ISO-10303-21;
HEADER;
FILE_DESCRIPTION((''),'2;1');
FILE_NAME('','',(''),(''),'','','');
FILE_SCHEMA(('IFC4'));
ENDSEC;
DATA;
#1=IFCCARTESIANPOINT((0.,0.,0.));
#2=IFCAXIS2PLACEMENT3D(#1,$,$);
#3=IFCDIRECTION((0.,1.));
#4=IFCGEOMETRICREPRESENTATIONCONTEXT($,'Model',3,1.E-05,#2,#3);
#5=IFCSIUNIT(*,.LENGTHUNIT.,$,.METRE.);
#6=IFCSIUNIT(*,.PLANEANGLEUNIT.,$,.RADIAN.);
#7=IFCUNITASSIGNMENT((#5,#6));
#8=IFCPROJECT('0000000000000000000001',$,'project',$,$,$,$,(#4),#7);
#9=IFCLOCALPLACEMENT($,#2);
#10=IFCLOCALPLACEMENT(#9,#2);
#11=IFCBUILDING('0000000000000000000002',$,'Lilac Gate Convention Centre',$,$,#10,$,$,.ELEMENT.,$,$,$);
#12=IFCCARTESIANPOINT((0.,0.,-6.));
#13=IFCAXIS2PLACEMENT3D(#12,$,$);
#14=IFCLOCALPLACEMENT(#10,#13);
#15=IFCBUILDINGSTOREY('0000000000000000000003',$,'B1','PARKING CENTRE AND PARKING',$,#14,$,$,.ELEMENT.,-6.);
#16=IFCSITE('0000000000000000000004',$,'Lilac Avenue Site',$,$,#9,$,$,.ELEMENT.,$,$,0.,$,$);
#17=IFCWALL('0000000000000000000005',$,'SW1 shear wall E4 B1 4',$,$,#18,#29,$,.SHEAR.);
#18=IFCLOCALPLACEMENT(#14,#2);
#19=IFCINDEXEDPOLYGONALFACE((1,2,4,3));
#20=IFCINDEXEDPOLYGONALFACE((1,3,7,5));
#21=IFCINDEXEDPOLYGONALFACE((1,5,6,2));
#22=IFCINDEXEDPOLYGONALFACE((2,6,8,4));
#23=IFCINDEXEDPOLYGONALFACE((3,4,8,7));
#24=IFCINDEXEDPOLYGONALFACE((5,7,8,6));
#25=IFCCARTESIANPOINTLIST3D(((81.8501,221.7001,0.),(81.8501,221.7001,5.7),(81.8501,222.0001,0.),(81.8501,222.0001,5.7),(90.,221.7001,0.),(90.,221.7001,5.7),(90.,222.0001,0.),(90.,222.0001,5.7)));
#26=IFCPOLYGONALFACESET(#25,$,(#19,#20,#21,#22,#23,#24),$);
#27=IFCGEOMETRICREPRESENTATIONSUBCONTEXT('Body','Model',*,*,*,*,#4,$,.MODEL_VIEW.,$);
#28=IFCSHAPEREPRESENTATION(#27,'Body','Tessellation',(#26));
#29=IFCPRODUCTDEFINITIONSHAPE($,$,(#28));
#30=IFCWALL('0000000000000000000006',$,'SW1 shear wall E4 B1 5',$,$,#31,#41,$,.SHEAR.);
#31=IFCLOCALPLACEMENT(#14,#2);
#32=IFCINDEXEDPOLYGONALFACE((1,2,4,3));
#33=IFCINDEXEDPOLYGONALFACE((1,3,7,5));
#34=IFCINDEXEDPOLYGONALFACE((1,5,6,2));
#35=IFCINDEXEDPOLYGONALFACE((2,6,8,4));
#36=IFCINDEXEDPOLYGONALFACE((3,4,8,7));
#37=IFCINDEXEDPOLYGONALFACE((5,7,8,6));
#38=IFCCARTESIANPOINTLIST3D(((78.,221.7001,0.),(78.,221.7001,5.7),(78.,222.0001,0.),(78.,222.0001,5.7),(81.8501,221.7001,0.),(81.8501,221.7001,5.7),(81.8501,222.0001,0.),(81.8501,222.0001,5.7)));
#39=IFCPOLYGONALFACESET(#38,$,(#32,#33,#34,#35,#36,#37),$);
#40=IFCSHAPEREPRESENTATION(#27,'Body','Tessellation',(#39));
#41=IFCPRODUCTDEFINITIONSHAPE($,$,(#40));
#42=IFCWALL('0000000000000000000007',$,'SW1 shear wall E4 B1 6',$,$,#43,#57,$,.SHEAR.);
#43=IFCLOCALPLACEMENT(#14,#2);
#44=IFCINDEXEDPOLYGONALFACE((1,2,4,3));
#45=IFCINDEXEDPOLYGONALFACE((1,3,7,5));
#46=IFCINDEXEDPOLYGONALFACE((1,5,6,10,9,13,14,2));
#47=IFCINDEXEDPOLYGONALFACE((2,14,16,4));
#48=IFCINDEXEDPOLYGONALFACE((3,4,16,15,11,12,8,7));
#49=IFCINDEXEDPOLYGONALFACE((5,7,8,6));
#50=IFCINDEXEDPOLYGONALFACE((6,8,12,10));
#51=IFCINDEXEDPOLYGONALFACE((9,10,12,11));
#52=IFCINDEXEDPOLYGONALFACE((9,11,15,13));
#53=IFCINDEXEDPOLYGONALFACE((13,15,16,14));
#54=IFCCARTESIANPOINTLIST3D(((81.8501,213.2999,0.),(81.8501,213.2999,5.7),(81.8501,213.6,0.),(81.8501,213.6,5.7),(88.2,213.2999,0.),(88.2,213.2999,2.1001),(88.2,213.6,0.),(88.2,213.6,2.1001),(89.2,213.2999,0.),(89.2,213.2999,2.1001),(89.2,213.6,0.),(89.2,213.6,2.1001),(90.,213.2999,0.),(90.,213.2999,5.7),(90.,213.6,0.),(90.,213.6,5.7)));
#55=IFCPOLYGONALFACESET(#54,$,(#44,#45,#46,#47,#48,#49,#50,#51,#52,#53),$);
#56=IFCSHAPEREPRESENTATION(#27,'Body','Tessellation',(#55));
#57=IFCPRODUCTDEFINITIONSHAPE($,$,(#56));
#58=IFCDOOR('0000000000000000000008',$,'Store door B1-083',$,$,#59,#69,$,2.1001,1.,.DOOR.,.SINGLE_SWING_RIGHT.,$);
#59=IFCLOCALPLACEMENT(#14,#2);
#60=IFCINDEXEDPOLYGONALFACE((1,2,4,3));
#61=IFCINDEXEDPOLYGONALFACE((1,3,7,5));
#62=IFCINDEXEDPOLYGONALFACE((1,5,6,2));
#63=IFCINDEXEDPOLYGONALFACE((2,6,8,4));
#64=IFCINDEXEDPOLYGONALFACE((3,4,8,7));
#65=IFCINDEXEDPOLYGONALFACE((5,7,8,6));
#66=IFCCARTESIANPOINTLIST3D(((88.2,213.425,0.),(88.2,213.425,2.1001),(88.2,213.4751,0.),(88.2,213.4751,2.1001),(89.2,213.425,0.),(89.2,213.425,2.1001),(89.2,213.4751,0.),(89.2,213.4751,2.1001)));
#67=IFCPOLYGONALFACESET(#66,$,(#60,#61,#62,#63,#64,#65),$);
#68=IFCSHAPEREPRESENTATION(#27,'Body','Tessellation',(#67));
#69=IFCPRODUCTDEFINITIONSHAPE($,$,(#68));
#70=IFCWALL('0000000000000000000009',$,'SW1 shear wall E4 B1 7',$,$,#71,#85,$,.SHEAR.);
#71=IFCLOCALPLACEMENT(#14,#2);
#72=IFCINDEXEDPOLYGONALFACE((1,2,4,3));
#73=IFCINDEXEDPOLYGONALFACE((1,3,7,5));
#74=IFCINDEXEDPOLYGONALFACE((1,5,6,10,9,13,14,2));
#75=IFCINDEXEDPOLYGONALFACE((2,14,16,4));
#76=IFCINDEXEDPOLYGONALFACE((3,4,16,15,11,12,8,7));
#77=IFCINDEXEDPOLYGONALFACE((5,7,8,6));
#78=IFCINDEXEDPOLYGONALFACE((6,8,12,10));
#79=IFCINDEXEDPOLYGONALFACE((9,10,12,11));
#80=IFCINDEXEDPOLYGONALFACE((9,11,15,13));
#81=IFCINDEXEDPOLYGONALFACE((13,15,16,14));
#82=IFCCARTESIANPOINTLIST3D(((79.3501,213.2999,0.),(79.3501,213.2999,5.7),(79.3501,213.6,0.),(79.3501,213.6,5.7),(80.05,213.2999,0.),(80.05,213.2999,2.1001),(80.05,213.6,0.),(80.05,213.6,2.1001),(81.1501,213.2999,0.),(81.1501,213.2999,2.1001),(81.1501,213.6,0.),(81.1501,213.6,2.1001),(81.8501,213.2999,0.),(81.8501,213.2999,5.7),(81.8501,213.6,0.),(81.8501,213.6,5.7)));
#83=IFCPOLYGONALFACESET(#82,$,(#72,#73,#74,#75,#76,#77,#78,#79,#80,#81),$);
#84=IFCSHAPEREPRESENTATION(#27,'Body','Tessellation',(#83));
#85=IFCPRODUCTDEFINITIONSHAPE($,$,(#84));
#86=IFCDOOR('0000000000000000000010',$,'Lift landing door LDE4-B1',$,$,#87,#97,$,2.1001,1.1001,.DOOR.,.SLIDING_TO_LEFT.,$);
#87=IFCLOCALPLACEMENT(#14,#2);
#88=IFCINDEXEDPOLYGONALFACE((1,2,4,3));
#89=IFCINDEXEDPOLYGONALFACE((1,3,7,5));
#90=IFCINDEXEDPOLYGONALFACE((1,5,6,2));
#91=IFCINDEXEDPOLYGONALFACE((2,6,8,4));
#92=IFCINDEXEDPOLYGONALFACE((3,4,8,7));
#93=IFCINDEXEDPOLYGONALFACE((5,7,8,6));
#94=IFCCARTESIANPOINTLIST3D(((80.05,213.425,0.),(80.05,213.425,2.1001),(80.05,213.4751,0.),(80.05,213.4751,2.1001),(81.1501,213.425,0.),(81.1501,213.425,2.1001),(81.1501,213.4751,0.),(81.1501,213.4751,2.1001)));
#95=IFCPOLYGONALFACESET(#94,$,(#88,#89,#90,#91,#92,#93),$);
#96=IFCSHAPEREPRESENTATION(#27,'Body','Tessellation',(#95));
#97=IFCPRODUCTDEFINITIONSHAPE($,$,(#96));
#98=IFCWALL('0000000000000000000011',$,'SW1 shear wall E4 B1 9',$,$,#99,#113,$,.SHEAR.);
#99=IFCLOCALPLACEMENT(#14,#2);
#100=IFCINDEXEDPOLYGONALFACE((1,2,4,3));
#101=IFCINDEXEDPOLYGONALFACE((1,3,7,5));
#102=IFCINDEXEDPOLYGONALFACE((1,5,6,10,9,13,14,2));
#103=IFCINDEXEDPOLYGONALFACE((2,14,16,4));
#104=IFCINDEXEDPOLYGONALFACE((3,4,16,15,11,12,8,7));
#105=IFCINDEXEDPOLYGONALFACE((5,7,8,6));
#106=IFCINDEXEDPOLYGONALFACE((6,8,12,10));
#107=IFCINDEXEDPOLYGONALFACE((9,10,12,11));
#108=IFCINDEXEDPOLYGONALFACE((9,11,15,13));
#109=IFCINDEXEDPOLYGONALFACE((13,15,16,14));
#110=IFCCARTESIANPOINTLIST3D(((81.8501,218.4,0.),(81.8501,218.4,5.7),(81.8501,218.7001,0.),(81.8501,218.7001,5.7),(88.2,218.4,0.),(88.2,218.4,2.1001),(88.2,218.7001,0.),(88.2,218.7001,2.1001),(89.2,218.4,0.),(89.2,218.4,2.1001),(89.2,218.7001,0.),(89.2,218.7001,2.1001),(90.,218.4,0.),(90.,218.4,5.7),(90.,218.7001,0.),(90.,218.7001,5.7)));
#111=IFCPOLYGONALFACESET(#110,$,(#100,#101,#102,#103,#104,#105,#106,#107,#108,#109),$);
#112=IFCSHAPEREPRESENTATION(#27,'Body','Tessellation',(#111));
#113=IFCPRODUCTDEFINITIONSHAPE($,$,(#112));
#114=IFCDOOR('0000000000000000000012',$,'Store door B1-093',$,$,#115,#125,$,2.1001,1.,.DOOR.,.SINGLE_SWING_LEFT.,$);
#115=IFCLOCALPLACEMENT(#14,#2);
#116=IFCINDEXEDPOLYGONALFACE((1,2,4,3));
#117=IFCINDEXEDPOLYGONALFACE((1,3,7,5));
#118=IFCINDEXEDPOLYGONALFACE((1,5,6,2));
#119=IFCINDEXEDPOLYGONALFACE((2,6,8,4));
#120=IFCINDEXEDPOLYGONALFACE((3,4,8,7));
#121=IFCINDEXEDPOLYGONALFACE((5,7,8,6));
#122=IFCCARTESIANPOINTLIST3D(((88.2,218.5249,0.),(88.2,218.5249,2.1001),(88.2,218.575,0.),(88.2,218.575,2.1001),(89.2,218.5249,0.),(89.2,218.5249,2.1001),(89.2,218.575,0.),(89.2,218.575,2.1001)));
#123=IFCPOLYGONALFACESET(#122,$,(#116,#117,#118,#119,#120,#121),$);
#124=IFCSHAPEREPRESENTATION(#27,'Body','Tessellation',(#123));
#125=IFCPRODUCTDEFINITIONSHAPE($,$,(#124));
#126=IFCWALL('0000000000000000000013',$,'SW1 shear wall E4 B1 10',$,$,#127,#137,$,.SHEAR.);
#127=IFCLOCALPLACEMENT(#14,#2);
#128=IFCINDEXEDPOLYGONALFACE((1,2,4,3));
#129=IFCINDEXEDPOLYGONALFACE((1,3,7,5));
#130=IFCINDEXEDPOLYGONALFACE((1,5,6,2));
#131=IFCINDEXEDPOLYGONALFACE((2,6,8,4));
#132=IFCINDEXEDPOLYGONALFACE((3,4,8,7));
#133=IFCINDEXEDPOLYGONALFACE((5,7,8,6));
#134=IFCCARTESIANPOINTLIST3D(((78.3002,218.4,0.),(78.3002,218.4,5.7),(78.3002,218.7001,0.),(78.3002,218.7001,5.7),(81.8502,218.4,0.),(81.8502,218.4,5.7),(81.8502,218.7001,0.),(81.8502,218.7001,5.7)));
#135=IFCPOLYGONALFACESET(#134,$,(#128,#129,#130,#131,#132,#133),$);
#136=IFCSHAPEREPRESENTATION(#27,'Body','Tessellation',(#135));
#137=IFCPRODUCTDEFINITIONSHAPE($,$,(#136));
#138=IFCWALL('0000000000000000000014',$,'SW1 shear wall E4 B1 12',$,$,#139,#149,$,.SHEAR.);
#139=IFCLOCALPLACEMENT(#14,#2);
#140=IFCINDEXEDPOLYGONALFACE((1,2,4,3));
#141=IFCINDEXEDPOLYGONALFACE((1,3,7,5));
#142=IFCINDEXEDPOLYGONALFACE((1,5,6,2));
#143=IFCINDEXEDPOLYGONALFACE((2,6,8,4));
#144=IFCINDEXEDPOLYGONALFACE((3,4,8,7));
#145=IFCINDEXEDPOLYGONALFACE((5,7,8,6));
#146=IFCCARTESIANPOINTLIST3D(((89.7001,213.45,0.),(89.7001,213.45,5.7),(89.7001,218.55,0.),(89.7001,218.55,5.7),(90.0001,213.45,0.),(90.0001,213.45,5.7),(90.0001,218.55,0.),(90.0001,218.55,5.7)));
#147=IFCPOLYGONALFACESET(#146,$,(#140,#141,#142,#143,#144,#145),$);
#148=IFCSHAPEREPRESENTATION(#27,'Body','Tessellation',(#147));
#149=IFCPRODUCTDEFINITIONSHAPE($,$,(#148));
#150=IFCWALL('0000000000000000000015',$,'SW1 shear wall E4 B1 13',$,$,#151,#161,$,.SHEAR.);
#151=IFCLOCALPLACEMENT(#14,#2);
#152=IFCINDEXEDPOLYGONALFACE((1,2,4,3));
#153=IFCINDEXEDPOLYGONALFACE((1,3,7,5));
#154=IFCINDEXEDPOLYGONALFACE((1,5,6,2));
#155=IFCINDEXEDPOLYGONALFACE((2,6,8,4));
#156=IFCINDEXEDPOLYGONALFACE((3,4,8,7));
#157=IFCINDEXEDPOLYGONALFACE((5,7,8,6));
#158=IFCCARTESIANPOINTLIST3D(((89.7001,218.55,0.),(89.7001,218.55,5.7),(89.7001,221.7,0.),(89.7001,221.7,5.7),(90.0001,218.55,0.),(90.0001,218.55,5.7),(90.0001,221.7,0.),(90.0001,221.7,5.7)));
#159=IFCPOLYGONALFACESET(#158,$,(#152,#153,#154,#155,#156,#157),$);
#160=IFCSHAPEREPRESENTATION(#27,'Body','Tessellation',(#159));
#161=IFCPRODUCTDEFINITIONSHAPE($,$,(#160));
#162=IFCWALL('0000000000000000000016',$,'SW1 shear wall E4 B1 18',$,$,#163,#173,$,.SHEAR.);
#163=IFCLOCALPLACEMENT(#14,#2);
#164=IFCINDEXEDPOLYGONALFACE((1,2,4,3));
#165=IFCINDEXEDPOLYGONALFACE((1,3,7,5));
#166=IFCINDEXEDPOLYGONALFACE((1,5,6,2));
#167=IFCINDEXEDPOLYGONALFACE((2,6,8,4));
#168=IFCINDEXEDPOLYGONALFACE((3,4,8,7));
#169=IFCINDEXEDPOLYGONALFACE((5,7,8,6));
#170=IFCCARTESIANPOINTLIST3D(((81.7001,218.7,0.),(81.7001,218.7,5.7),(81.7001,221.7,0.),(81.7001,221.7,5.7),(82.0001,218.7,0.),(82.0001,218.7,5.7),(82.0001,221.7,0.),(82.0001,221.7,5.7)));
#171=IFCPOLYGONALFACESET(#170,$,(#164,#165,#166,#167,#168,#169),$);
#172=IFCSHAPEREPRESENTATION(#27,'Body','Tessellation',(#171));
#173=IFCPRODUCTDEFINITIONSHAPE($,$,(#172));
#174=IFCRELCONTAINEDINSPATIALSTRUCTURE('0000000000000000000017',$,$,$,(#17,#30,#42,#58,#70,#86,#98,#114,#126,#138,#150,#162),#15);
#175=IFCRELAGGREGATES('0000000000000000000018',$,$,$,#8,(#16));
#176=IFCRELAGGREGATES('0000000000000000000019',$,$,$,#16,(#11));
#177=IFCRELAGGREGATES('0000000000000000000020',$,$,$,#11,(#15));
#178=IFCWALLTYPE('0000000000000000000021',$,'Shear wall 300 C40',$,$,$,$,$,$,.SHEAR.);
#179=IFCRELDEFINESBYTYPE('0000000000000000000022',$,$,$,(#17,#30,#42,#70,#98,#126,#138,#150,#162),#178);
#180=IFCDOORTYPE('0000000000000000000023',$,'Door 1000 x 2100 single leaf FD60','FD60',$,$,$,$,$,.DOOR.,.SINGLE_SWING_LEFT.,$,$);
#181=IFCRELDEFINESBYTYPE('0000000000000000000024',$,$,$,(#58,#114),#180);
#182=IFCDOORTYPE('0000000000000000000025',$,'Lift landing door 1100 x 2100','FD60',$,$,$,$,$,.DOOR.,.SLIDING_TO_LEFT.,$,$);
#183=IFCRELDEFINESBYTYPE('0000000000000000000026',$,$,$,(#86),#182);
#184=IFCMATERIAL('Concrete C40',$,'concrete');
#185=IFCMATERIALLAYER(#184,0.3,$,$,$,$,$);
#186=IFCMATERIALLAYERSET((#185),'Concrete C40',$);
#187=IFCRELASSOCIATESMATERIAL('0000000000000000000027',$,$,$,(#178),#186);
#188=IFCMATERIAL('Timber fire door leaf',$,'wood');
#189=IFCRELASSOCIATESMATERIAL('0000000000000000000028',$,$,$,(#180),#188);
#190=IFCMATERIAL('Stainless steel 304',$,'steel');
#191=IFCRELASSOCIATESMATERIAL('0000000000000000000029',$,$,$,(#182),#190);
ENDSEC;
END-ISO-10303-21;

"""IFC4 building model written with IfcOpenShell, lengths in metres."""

from ifc_helpers import new_model, si_unit, direction, frame, frame_2d, origin, place, context, subcontext, project, spatial, rectangle, extrude, material, layer, layer_set, type_object, element, fill, save


model = new_model("IFC4")

# Units and contexts
model_context = context("Model", 3, precision=1e-05, world=origin(), true_north=direction((0.0, 1.0)))
body_context = subcontext(model_context, "Body", "Model", "MODEL_VIEW")
ifc_project = project(units=[si_unit("LENGTHUNIT", "METRE"), si_unit("PLANEANGLEUNIT", "RADIAN")], contexts=[model_context])

# Site, building, storey
site_placement = place(None, origin())
site = spatial("IfcSite", under=ifc_project, at=site_placement, Name="Lilac Avenue Site", CompositionType="ELEMENT", RefElevation=0.0)
building_placement = place(site_placement, origin())
building = spatial("IfcBuilding", under=site, at=building_placement, Name="Lilac Gate Convention Centre", CompositionType="ELEMENT")
storey_placement = place(building_placement, frame((0.0, 0.0, -6.0)))
storey = spatial("IfcBuildingStorey", under=building, at=storey_placement, Name="B1", Description="PARKING CENTRE AND PARKING", CompositionType="ELEMENT", Elevation=-6.0)

# Shared definitions
ifc_material_1 = material(Name="Stainless steel 304", Category="steel")

# Walls
ifc_material_2 = material(Name="Concrete C40", Category="concrete")
ifc_layer_1 = layer(ifc_material_2, 0.3)
ifc_layer_set_1 = layer_set([ifc_layer_1], Name="Concrete C40")
wall_type_1 = type_object("IfcWallType", Name="Shear wall 300 C40", PredefinedType="SHEAR", material=ifc_layer_set_1)
wall_1_placement = place(storey_placement, frame((90.0, 221.8501, 0.0), z_axis=(0.0, 0.0, 1.0), x_axis=(-1.0, 0.0, 0.0)))
element("IfcWall", 1, at=wall_1_placement, inside=storey, type_object=wall_type_1, Name="SW1 shear wall E4 B1 4", PredefinedType="SHEAR", context=body_context, shape_type="SweptSolid", body=[
    extrude(rectangle(XDim=8.1499, YDim=0.3, at=frame_2d((4.075, 0.0))), origin(), (0.0, 0.0, 1.0), 5.7),
])
wall_2_placement = place(storey_placement, frame((81.8501, 221.8501, 0.0), z_axis=(0.0, 0.0, 1.0), x_axis=(-1.0, 0.0, 0.0)))
element("IfcWall", 2, at=wall_2_placement, inside=storey, type_object=wall_type_1, Name="SW1 shear wall E4 B1 5", PredefinedType="SHEAR", context=body_context, shape_type="SweptSolid", body=[
    extrude(rectangle(XDim=3.8501, YDim=0.3, at=frame_2d((1.925, 0.0))), origin(), (0.0, 0.0, 1.0), 5.7),
])

# Walls, openings, doors
wall_3_placement = place(storey_placement, frame((90.0, 213.45, 0.0), z_axis=(0.0, 0.0, 1.0), x_axis=(-1.0, 0.0, 0.0)))
wall_3 = element("IfcWall", 3, at=wall_3_placement, inside=storey, type_object=wall_type_1, Name="SW1 shear wall E4 B1 6", PredefinedType="SHEAR", context=body_context, shape_type="SweptSolid", body=[
    extrude(rectangle(XDim=8.1499, YDim=0.3, at=frame_2d((4.075, 0.0))), origin(), (0.0, 0.0, 1.0), 5.7),
])
opening_1_placement = place(wall_3_placement, frame((0.8, 0.0, 0.0)))
opening_1 = element("IfcOpeningElement", 4, at=opening_1_placement, cuts=wall_3, PredefinedType="OPENING", context=body_context, shape_type="SweptSolid", body=[
    extrude(rectangle(XDim=1.0, YDim=2.1001, at=frame_2d((0.5, 1.05))), frame((0.0, 0.1599, 0.0), z_axis=(0.0, -1.0, 0.0), x_axis=(1.0, 0.0, 0.0)), (0.0, 0.0, 1.0), 0.3201),
])
ifc_material_3 = material(Name="Timber fire door leaf", Category="wood")
door_type_1 = type_object("IfcDoorType", Name="Door 1000 x 2100 single leaf FD60", Description="FD60", OperationType="SINGLE_SWING_LEFT", PredefinedType="DOOR", material=ifc_material_3)
door_1_placement = place(opening_1_placement, origin())
door_1 = element("IfcDoor", 5, at=door_1_placement, inside=storey, type_object=door_type_1, Name="Store door B1-083", OperationType="SINGLE_SWING_RIGHT", OverallHeight=2.1001, OverallWidth=1.0, PredefinedType="DOOR", context=body_context, shape_type="SweptSolid", body=[
    extrude(rectangle(XDim=1.0, YDim=2.1001, at=frame_2d((0.5, 1.05))), frame((0.0, 0.0249, 0.0), z_axis=(0.0, -1.0, 0.0), x_axis=(1.0, 0.0, 0.0)), (0.0, 0.0, 1.0), 0.05),
])
fill(opening_1, door_1)
wall_4_placement = place(storey_placement, frame((81.8501, 213.45, 0.0), z_axis=(0.0, 0.0, 1.0), x_axis=(-1.0, 0.0, 0.0)))
wall_4 = element("IfcWall", 6, at=wall_4_placement, inside=storey, type_object=wall_type_1, Name="SW1 shear wall E4 B1 7", PredefinedType="SHEAR", context=body_context, shape_type="SweptSolid", body=[
    extrude(rectangle(XDim=2.5, YDim=0.3, at=frame_2d((1.25, 0.0))), origin(), (0.0, 0.0, 1.0), 5.7),
])
opening_2_placement = place(wall_4_placement, frame((0.7, 0.0, 0.0)))
opening_2 = element("IfcOpeningElement", 7, at=opening_2_placement, cuts=wall_4, PredefinedType="OPENING", context=body_context, shape_type="SweptSolid", body=[
    extrude(rectangle(XDim=1.1001, YDim=2.1001, at=frame_2d((0.55, 1.05))), frame((0.0, 0.1599, 0.0), z_axis=(0.0, -1.0, 0.0), x_axis=(1.0, 0.0, 0.0)), (0.0, 0.0, 1.0), 0.3201),
])
door_type_2 = type_object("IfcDoorType", Name="Lift landing door 1100 x 2100", Description="FD60", OperationType="SLIDING_TO_LEFT", PredefinedType="DOOR", material=ifc_material_1)
door_2_placement = place(opening_2_placement, origin())
door_2 = element("IfcDoor", 8, at=door_2_placement, inside=storey, type_object=door_type_2, Name="Lift landing door LDE4-B1", OperationType="SLIDING_TO_LEFT", OverallHeight=2.1001, OverallWidth=1.1001, PredefinedType="DOOR", context=body_context, shape_type="SweptSolid", body=[
    extrude(rectangle(XDim=1.1001, YDim=2.1001, at=frame_2d((0.55, 1.05))), frame((0.0, 0.0249, 0.0), z_axis=(0.0, -1.0, 0.0), x_axis=(1.0, 0.0, 0.0)), (0.0, 0.0, 1.0), 0.05),
])
fill(opening_2, door_2)
wall_5_placement = place(storey_placement, frame((90.0, 218.55, 0.0), z_axis=(0.0, 0.0, 1.0), x_axis=(-1.0, 0.0, 0.0)))
wall_5 = element("IfcWall", 9, at=wall_5_placement, inside=storey, type_object=wall_type_1, Name="SW1 shear wall E4 B1 9", PredefinedType="SHEAR", context=body_context, shape_type="SweptSolid", body=[
    extrude(rectangle(XDim=8.1499, YDim=0.3, at=frame_2d((4.075, 0.0))), origin(), (0.0, 0.0, 1.0), 5.7),
])
opening_3_placement = place(wall_5_placement, frame((0.8, 0.0, 0.0)))
opening_3 = element("IfcOpeningElement", 10, at=opening_3_placement, cuts=wall_5, PredefinedType="OPENING", context=body_context, shape_type="SweptSolid", body=[
    extrude(rectangle(XDim=1.0, YDim=2.1001, at=frame_2d((0.5, 1.05))), frame((0.0, 0.1599, 0.0), z_axis=(0.0, -1.0, 0.0), x_axis=(1.0, 0.0, 0.0)), (0.0, 0.0, 1.0), 0.3201),
])
door_3_placement = place(opening_3_placement, frame((1.0, 0.0, 0.0), z_axis=(0.0, 0.0, 1.0), x_axis=(-1.0, 0.0, 0.0)))
door_3 = element("IfcDoor", 11, at=door_3_placement, inside=storey, type_object=door_type_1, Name="Store door B1-093", OperationType="SINGLE_SWING_LEFT", OverallHeight=2.1001, OverallWidth=1.0, PredefinedType="DOOR", context=body_context, shape_type="SweptSolid", body=[
    extrude(rectangle(XDim=1.0, YDim=2.1001, at=frame_2d((0.5, 1.05))), frame((0.0, 0.0249, 0.0), z_axis=(0.0, -1.0, 0.0), x_axis=(1.0, 0.0, 0.0)), (0.0, 0.0, 1.0), 0.05),
])
fill(opening_3, door_3)

# Walls
wall_6_placement = place(storey_placement, frame((81.8501, 218.55, 0.0), z_axis=(0.0, 0.0, 1.0), x_axis=(-1.0, 0.0, 0.0)))
element("IfcWall", 12, at=wall_6_placement, inside=storey, type_object=wall_type_1, Name="SW1 shear wall E4 B1 10", PredefinedType="SHEAR", context=body_context, shape_type="SweptSolid", body=[
    extrude(rectangle(XDim=3.55, YDim=0.3, at=frame_2d((1.7749, 0.0))), origin(), (0.0, 0.0, 1.0), 5.7),
])
wall_7_placement = place(storey_placement, frame((89.8501, 213.45, 0.0), z_axis=(0.0, 0.0, 1.0), x_axis=(0.0, 1.0, 0.0)))
element("IfcWall", 13, at=wall_7_placement, inside=storey, type_object=wall_type_1, Name="SW1 shear wall E4 B1 12", PredefinedType="SHEAR", context=body_context, shape_type="SweptSolid", body=[
    extrude(rectangle(XDim=5.1001, YDim=0.3, at=frame_2d((2.55, 0.0))), origin(), (0.0, 0.0, 1.0), 5.7),
])
wall_8_placement = place(storey_placement, frame((89.8501, 218.55, 0.0), z_axis=(0.0, 0.0, 1.0), x_axis=(0.0, 1.0, 0.0)))
element("IfcWall", 14, at=wall_8_placement, inside=storey, type_object=wall_type_1, Name="SW1 shear wall E4 B1 13", PredefinedType="SHEAR", context=body_context, shape_type="SweptSolid", body=[
    extrude(rectangle(XDim=3.1499, YDim=0.3, at=frame_2d((1.575, 0.0))), origin(), (0.0, 0.0, 1.0), 5.7),
])
wall_9_placement = place(storey_placement, frame((81.8501, 218.7, 0.0), z_axis=(0.0, 0.0, 1.0), x_axis=(0.0, 1.0, 0.0)))
element("IfcWall", 15, at=wall_9_placement, inside=storey, type_object=wall_type_1, Name="SW1 shear wall E4 B1 18", PredefinedType="SHEAR", context=body_context, shape_type="SweptSolid", body=[
    extrude(rectangle(XDim=3.0, YDim=0.3, at=frame_2d((1.5, 0.0))), origin(), (0.0, 0.0, 1.0), 5.7),
])

save(model, "model.ifc")
